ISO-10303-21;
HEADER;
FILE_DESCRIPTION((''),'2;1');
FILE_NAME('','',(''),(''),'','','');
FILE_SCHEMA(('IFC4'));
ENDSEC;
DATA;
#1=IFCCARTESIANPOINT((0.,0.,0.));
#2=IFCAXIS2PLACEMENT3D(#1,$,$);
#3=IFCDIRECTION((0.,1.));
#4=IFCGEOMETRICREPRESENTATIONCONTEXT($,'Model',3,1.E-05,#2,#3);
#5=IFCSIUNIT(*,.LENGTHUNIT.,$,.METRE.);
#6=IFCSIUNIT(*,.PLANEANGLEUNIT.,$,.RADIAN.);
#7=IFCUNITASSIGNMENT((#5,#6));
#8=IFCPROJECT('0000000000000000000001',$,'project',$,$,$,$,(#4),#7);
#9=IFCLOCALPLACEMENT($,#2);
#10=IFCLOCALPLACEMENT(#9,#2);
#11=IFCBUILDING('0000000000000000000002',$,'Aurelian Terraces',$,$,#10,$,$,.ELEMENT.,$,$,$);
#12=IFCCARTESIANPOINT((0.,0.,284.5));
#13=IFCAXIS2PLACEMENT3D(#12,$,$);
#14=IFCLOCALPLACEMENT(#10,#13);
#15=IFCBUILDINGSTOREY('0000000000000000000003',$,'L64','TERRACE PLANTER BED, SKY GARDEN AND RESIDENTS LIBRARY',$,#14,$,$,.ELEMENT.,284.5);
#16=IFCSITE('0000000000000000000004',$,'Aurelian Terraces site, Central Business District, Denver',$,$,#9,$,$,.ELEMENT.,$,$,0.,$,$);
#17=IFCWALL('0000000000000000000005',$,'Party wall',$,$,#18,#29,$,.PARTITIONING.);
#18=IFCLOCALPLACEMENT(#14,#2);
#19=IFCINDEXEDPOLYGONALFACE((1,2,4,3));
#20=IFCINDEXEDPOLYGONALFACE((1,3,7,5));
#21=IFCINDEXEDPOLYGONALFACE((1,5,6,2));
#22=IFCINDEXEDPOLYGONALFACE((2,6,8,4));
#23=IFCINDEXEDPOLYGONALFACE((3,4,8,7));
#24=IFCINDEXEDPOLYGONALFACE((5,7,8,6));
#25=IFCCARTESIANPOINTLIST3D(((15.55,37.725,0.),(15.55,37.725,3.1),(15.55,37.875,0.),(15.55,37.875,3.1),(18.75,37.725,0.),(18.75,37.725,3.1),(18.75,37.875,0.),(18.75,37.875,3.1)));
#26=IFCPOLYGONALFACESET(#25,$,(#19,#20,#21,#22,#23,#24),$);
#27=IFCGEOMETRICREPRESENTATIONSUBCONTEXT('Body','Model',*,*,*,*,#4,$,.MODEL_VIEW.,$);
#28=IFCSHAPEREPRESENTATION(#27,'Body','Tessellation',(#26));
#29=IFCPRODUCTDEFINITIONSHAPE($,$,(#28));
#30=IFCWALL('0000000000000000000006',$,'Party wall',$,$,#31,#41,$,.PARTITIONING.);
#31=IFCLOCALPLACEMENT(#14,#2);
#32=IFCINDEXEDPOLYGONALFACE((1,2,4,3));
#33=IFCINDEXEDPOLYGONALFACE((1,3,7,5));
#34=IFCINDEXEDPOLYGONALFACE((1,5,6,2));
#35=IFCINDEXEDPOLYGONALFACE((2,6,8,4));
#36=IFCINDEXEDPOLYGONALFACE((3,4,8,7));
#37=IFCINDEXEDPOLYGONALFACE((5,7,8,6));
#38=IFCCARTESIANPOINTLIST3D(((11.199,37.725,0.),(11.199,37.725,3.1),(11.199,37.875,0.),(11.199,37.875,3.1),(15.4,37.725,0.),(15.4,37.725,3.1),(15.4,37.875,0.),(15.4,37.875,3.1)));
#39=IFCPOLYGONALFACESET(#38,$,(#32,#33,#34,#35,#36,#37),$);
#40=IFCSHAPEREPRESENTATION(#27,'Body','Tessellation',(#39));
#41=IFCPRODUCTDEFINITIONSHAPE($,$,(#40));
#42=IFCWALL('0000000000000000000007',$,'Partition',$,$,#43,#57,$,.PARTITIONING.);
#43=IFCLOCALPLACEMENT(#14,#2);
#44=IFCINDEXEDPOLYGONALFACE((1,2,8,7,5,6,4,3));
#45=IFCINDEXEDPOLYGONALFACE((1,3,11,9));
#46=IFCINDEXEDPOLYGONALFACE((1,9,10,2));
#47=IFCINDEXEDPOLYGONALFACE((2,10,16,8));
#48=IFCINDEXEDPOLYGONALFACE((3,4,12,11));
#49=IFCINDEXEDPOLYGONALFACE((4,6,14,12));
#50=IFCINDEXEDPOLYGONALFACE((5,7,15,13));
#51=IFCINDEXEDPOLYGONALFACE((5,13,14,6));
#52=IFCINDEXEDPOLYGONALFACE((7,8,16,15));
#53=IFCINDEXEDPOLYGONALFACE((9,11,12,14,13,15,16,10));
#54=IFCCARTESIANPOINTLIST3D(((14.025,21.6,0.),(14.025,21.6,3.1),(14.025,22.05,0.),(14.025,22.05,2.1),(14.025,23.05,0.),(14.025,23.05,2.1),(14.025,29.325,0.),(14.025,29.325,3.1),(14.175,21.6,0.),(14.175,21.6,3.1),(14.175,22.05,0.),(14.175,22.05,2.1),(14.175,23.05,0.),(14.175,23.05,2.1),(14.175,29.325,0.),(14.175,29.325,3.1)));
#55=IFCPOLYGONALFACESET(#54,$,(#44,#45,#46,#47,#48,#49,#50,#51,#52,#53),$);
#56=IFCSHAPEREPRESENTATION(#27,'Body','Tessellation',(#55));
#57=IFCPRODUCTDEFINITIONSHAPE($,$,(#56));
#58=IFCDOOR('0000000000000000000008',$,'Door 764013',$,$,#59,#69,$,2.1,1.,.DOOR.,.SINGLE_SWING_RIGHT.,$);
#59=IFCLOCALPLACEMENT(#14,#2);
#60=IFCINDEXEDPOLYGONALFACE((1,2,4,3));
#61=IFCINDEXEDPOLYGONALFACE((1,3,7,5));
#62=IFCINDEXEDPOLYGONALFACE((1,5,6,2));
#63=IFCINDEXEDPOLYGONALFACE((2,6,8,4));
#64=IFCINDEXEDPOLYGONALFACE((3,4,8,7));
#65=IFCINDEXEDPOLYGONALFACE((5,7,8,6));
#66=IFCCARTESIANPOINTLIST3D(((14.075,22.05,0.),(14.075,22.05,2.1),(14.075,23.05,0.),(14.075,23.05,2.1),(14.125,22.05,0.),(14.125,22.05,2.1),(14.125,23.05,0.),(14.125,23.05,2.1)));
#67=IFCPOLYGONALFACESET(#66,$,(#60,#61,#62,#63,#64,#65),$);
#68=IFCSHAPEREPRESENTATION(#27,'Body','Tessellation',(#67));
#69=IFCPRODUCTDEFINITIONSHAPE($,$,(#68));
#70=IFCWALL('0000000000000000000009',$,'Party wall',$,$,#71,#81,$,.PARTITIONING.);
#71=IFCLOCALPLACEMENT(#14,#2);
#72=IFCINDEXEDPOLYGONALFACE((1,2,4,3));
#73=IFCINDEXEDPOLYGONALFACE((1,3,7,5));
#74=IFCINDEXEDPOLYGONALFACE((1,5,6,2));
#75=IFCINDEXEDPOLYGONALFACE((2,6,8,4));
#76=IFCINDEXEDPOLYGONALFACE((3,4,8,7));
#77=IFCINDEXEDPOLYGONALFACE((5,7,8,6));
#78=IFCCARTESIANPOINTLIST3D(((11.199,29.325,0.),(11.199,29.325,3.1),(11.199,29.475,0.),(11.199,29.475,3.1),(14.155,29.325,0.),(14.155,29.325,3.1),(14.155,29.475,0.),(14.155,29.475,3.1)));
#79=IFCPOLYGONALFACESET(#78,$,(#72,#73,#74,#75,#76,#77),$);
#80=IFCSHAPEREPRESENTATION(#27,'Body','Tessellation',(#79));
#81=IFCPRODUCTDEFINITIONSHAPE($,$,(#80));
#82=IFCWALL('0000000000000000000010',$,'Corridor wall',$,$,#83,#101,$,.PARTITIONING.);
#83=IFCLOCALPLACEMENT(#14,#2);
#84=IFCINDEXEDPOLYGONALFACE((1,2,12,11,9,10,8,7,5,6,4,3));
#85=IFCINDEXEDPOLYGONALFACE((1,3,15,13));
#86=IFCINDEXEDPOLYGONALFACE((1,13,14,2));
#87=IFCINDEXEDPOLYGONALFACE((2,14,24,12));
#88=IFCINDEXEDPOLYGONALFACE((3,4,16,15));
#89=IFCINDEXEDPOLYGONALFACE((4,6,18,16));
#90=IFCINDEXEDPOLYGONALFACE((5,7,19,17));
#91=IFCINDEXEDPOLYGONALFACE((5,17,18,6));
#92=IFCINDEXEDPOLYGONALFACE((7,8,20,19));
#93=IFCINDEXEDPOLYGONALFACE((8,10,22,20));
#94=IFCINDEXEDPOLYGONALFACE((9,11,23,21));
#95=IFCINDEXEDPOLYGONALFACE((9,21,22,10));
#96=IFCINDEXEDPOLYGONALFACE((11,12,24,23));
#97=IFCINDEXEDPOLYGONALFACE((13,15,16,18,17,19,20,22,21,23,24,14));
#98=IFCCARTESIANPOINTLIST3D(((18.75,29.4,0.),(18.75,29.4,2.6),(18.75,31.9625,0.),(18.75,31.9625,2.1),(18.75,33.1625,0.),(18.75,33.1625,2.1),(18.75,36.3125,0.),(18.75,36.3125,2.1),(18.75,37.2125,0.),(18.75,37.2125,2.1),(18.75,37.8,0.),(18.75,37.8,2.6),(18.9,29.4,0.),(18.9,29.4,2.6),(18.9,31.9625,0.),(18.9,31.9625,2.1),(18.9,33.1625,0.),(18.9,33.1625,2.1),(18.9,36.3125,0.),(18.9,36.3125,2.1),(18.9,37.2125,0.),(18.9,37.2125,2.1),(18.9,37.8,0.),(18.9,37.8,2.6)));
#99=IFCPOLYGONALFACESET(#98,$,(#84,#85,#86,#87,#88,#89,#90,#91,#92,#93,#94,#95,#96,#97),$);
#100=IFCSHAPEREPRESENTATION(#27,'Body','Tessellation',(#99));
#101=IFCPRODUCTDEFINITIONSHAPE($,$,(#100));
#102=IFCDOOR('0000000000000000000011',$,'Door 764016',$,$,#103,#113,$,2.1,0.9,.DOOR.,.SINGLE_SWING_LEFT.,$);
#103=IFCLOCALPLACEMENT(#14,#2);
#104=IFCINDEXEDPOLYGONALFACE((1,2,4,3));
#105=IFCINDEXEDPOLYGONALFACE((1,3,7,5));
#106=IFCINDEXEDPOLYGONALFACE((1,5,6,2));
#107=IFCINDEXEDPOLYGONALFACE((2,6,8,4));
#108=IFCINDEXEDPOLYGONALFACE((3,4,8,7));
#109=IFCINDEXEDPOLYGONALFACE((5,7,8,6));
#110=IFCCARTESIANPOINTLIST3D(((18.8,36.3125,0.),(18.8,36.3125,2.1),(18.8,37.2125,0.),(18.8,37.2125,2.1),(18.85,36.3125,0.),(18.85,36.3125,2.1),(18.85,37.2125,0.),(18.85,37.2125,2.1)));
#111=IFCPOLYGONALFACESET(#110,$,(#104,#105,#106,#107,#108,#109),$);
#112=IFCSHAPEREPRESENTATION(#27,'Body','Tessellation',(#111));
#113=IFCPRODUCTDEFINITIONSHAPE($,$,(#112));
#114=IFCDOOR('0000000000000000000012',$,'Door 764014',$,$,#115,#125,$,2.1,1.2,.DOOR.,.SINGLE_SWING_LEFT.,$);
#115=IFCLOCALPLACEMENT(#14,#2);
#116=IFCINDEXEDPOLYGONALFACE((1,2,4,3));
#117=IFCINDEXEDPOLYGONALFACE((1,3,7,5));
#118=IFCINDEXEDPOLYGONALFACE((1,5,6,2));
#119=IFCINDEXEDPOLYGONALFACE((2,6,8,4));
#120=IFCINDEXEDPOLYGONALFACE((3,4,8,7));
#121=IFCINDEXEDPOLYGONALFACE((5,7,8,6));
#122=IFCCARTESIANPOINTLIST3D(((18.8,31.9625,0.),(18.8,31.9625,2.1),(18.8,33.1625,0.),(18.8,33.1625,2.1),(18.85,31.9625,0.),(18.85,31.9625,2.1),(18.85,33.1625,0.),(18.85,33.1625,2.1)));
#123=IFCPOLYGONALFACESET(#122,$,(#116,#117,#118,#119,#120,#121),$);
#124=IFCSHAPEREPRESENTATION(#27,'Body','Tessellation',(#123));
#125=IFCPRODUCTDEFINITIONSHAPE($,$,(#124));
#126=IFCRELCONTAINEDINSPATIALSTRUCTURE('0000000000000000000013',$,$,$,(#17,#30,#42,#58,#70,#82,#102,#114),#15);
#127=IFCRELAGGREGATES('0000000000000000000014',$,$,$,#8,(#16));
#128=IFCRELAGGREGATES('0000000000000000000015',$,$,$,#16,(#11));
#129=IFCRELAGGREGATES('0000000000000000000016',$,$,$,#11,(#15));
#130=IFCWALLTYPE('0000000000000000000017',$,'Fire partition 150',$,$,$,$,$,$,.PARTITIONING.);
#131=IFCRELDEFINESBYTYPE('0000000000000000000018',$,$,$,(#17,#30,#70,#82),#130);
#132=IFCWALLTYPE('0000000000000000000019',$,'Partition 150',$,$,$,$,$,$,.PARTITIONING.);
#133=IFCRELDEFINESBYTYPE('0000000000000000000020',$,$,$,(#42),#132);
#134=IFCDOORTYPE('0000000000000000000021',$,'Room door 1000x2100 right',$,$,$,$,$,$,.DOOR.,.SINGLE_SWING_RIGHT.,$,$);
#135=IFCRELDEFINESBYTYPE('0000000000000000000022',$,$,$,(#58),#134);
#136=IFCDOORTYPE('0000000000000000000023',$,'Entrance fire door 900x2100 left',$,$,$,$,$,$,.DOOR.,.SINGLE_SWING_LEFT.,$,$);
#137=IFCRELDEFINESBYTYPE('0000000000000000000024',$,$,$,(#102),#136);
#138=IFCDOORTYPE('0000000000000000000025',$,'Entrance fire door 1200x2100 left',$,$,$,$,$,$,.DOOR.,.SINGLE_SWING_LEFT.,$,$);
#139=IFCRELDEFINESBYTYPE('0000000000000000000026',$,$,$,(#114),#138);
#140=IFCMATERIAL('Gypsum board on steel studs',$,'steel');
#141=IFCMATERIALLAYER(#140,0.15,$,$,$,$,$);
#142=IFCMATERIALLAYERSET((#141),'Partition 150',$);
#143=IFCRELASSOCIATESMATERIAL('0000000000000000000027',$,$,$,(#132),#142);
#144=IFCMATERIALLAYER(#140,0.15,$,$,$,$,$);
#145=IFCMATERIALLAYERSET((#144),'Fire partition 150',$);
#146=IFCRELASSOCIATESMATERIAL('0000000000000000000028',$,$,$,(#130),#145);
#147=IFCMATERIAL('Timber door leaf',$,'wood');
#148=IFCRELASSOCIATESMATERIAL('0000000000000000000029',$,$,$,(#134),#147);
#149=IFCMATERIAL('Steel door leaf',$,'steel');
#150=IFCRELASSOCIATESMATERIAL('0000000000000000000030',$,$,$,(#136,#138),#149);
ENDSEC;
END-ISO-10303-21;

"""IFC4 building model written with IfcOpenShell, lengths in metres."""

from ifc_helpers import new_model, si_unit, direction, frame, frame_2d, origin, place, context, subcontext, project, spatial, rectangle, extrude, source, transform, mapped, material, layer, layer_set, type_object, element, fill, save


model = new_model("IFC4")

# Units and contexts
model_context = context("Model", 3, precision=1e-05, world=origin(), true_north=direction((0.0, 1.0)))
body_context = subcontext(model_context, "Body", "Model", "MODEL_VIEW")
ifc_project = project(units=[si_unit("LENGTHUNIT", "METRE"), si_unit("PLANEANGLEUNIT", "RADIAN")], contexts=[model_context])

# Site, building, storey
site_placement = place(None, origin())
site = spatial("IfcSite", under=ifc_project, at=site_placement, Name="Aurelian Terraces site, Central Business District, Denver", CompositionType="ELEMENT", RefElevation=0.0)
building_placement = place(site_placement, origin())
building = spatial("IfcBuilding", under=site, at=building_placement, Name="Aurelian Terraces", CompositionType="ELEMENT")
storey_placement = place(building_placement, frame((0.0, 0.0, 284.5)))
storey = spatial("IfcBuildingStorey", under=building, at=storey_placement, Name="L64", Description="TERRACE PLANTER BED, SKY GARDEN AND RESIDENTS LIBRARY", CompositionType="ELEMENT", Elevation=284.5)

# Shared definitions
ifc_material_1 = material(Name="Gypsum board on steel studs", Category="steel")

# Shared definitions
ifc_layer_1 = layer(ifc_material_1, 0.15)
ifc_layer_set_1 = layer_set([ifc_layer_1], Name="Partition 150")
wall_type_1 = type_object("IfcWallType", Name="Partition 150", PredefinedType="PARTITIONING", material=ifc_layer_set_1)
shared_shape_1 = source(origin(), body_context, "Body", "SweptSolid", [
    extrude(rectangle(XDim=1.2, YDim=2.1, at=frame_2d((0.6, 1.05))), frame((0.0, 0.085, 0.0), z_axis=(0.0, -1.0, 0.0), x_axis=(1.0, 0.0, 0.0)), (0.0, 0.0, 1.0), 0.17),
])
ifc_material_2 = material(Name="Timber door leaf", Category="wood")
shared_shape_2 = source(origin(), body_context, "Body", "SweptSolid", [
    extrude(rectangle(XDim=1.2, YDim=2.1, at=frame_2d((0.6, 1.05))), frame((0.0, 0.025, 0.0), z_axis=(0.0, -1.0, 0.0), x_axis=(1.0, 0.0, 0.0)), (0.0, 0.0, 1.0), 0.05),
])

# Shared definitions
ifc_material_3 = material(Name="Steel door leaf", Category="steel")
shared_shape_3 = source(origin(), body_context, "Body", "SweptSolid", [
    extrude(rectangle(XDim=0.9, YDim=2.1, at=frame_2d((0.45, 1.05))), frame((0.0, 0.025, 0.0), z_axis=(0.0, -1.0, 0.0), x_axis=(1.0, 0.0, 0.0)), (0.0, 0.0, 1.0), 0.05),
])

# Shared definitions
shared_shape_4 = source(origin(), body_context, "Body", "SweptSolid", [
    extrude(rectangle(XDim=0.9, YDim=2.1, at=frame_2d((0.45, 1.05))), frame((0.0, 0.085, 0.0), z_axis=(0.0, -1.0, 0.0), x_axis=(1.0, 0.0, 0.0)), (0.0, 0.0, 1.0), 0.17),
])

# Shared definitions
ifc_layer_2 = layer(ifc_material_1, 0.15)
ifc_layer_set_2 = layer_set([ifc_layer_2], Name="Fire partition 150")
wall_type_2 = type_object("IfcWallType", Name="Fire partition 150", PredefinedType="PARTITIONING", material=ifc_layer_set_2)
shared_shape_5 = source(origin(), body_context, "Body", "SweptSolid", [
    extrude(rectangle(XDim=1.0, YDim=2.1, at=frame_2d((0.5, 1.05))), frame((0.0, 0.085, 0.0), z_axis=(0.0, -1.0, 0.0), x_axis=(1.0, 0.0, 0.0)), (0.0, 0.0, 1.0), 0.17),
])
shared_shape_6 = source(origin(), body_context, "Body", "SweptSolid", [
    extrude(rectangle(XDim=1.0, YDim=2.1, at=frame_2d((0.5, 1.05))), frame((0.0, 0.025, 0.0), z_axis=(0.0, -1.0, 0.0), x_axis=(1.0, 0.0, 0.0)), (0.0, 0.0, 1.0), 0.05),
])

# Walls
shared_shape_7 = source(origin(), body_context, "Body", "SweptSolid", [
    extrude(rectangle(XDim=3.2, YDim=0.15, at=frame_2d((1.6, 0.0))), origin(), (0.0, 0.0, 1.0), 3.1),
])
wall_1_placement = place(storey_placement, frame((18.75, 37.8, 0.0), z_axis=(0.0, 0.0, 1.0), x_axis=(-1.0, 0.0, 0.0)))
element("IfcWall", 1, at=wall_1_placement, inside=storey, type_object=wall_type_2, Name="Party wall", PredefinedType="PARTITIONING", context=body_context, shape_type="MappedRepresentation", body=[
    mapped(shared_shape_7, transform((0.0, 0.0, 0.0), scale=1.0)),
])
shared_shape_8 = source(origin(), body_context, "Body", "SweptSolid", [
    extrude(rectangle(XDim=4.201, YDim=0.15, at=frame_2d((2.1005, 0.0))), origin(), (0.0, 0.0, 1.0), 3.1),
])
wall_2_placement = place(storey_placement, frame((15.4, 37.8, 0.0), z_axis=(0.0, 0.0, 1.0), x_axis=(-1.0, 0.0, 0.0)))
element("IfcWall", 2, at=wall_2_placement, inside=storey, type_object=wall_type_2, Name="Party wall", PredefinedType="PARTITIONING", context=body_context, shape_type="MappedRepresentation", body=[
    mapped(shared_shape_8, transform((0.0, 0.0, 0.0), scale=1.0)),
])

# Wall, opening, door
shared_shape_9 = source(origin(), body_context, "Body", "SweptSolid", [
    extrude(rectangle(XDim=7.725, YDim=0.15, at=frame_2d((3.8625, 0.0))), origin(), (0.0, 0.0, 1.0), 3.1),
])
wall_3_placement = place(storey_placement, frame((14.1, 29.325, 0.0), z_axis=(0.0, 0.0, 1.0), x_axis=(0.0, -1.0, 0.0)))
wall_3 = element("IfcWall", 3, at=wall_3_placement, inside=storey, type_object=wall_type_1, Name="Partition", PredefinedType="PARTITIONING", context=body_context, shape_type="MappedRepresentation", body=[
    mapped(shared_shape_9, transform((0.0, 0.0, 0.0), scale=1.0)),
])
opening_1_placement = place(wall_3_placement, frame((6.275, 0.0, 0.0)))
opening_1 = element("IfcOpeningElement", 4, at=opening_1_placement, cuts=wall_3, PredefinedType="OPENING", context=body_context, shape_type="MappedRepresentation", body=[
    mapped(shared_shape_5, transform((0.0, 0.0, 0.0), scale=1.0)),
])
door_type_1 = type_object("IfcDoorType", Name="Room door 1000x2100 right", OperationType="SINGLE_SWING_RIGHT", PredefinedType="DOOR", material=ifc_material_2)
door_1_placement = place(opening_1_placement, origin())
door_1 = element("IfcDoor", 5, at=door_1_placement, inside=storey, type_object=door_type_1, Name="Door 764013", OperationType="SINGLE_SWING_RIGHT", OverallHeight=2.1, OverallWidth=1.0, PredefinedType="DOOR", context=body_context, shape_type="MappedRepresentation", body=[
    mapped(shared_shape_6, transform((0.0, 0.0, 0.0), scale=1.0)),
])
fill(opening_1, door_1)

# Wall
shared_shape_10 = source(origin(), body_context, "Body", "SweptSolid", [
    extrude(rectangle(XDim=2.956, YDim=0.15, at=frame_2d((1.478, 0.0))), origin(), (0.0, 0.0, 1.0), 3.1),
])
wall_4_placement = place(storey_placement, frame((14.155, 29.4, 0.0), z_axis=(0.0, 0.0, 1.0), x_axis=(-1.0, 0.0, 0.0)))
element("IfcWall", 6, at=wall_4_placement, inside=storey, type_object=wall_type_2, Name="Party wall", PredefinedType="PARTITIONING", context=body_context, shape_type="MappedRepresentation", body=[
    mapped(shared_shape_10, transform((0.0, 0.0, 0.0), scale=1.0)),
])

# Wall, openings, doors
shared_shape_11 = source(origin(), body_context, "Body", "SweptSolid", [
    extrude(rectangle(XDim=8.4, YDim=0.15, at=frame_2d((4.2, 0.0))), origin(), (0.0, 0.0, 1.0), 2.6),
])
wall_5_placement = place(storey_placement, frame((18.825, 29.4, 0.0), z_axis=(0.0, 0.0, 1.0), x_axis=(0.0, 1.0, 0.0)))
wall_5 = element("IfcWall", 7, at=wall_5_placement, inside=storey, type_object=wall_type_2, Name="Corridor wall", PredefinedType="PARTITIONING", context=body_context, shape_type="MappedRepresentation", body=[
    mapped(shared_shape_11, transform((0.0, 0.0, 0.0), scale=1.0)),
])
opening_2_placement = place(wall_5_placement, frame((2.5625, 0.0, 0.0)))
opening_2 = element("IfcOpeningElement", 8, at=opening_2_placement, cuts=wall_5, PredefinedType="OPENING", context=body_context, shape_type="MappedRepresentation", body=[
    mapped(shared_shape_1, transform((0.0, 0.0, 0.0), scale=1.0)),
])
opening_3_placement = place(wall_5_placement, frame((6.9125, 0.0, 0.0)))
opening_3 = element("IfcOpeningElement", 9, at=opening_3_placement, cuts=wall_5, PredefinedType="OPENING", context=body_context, shape_type="MappedRepresentation", body=[
    mapped(shared_shape_4, transform((0.0, 0.0, 0.0), scale=1.0)),
])
door_type_2 = type_object("IfcDoorType", Name="Entrance fire door 900x2100 left", OperationType="SINGLE_SWING_LEFT", PredefinedType="DOOR", material=ifc_material_3)
door_2_placement = place(opening_3_placement, origin())
door_2 = element("IfcDoor", 10, at=door_2_placement, inside=storey, type_object=door_type_2, Name="Door 764016", OperationType="SINGLE_SWING_LEFT", OverallHeight=2.1, OverallWidth=0.9, PredefinedType="DOOR", context=body_context, shape_type="MappedRepresentation", body=[
    mapped(shared_shape_3, transform((0.0, 0.0, 0.0), scale=1.0)),
])
fill(opening_3, door_2)
door_type_3 = type_object("IfcDoorType", Name="Entrance fire door 1200x2100 left", OperationType="SINGLE_SWING_LEFT", PredefinedType="DOOR", material=ifc_material_3)
door_3_placement = place(opening_2_placement, origin())
door_3 = element("IfcDoor", 11, at=door_3_placement, inside=storey, type_object=door_type_3, Name="Door 764014", OperationType="SINGLE_SWING_LEFT", OverallHeight=2.1, OverallWidth=1.2, PredefinedType="DOOR", context=body_context, shape_type="MappedRepresentation", body=[
    mapped(shared_shape_2, transform((0.0, 0.0, 0.0), scale=1.0)),
])
fill(opening_2, door_3)

save(model, "model.ifc")
